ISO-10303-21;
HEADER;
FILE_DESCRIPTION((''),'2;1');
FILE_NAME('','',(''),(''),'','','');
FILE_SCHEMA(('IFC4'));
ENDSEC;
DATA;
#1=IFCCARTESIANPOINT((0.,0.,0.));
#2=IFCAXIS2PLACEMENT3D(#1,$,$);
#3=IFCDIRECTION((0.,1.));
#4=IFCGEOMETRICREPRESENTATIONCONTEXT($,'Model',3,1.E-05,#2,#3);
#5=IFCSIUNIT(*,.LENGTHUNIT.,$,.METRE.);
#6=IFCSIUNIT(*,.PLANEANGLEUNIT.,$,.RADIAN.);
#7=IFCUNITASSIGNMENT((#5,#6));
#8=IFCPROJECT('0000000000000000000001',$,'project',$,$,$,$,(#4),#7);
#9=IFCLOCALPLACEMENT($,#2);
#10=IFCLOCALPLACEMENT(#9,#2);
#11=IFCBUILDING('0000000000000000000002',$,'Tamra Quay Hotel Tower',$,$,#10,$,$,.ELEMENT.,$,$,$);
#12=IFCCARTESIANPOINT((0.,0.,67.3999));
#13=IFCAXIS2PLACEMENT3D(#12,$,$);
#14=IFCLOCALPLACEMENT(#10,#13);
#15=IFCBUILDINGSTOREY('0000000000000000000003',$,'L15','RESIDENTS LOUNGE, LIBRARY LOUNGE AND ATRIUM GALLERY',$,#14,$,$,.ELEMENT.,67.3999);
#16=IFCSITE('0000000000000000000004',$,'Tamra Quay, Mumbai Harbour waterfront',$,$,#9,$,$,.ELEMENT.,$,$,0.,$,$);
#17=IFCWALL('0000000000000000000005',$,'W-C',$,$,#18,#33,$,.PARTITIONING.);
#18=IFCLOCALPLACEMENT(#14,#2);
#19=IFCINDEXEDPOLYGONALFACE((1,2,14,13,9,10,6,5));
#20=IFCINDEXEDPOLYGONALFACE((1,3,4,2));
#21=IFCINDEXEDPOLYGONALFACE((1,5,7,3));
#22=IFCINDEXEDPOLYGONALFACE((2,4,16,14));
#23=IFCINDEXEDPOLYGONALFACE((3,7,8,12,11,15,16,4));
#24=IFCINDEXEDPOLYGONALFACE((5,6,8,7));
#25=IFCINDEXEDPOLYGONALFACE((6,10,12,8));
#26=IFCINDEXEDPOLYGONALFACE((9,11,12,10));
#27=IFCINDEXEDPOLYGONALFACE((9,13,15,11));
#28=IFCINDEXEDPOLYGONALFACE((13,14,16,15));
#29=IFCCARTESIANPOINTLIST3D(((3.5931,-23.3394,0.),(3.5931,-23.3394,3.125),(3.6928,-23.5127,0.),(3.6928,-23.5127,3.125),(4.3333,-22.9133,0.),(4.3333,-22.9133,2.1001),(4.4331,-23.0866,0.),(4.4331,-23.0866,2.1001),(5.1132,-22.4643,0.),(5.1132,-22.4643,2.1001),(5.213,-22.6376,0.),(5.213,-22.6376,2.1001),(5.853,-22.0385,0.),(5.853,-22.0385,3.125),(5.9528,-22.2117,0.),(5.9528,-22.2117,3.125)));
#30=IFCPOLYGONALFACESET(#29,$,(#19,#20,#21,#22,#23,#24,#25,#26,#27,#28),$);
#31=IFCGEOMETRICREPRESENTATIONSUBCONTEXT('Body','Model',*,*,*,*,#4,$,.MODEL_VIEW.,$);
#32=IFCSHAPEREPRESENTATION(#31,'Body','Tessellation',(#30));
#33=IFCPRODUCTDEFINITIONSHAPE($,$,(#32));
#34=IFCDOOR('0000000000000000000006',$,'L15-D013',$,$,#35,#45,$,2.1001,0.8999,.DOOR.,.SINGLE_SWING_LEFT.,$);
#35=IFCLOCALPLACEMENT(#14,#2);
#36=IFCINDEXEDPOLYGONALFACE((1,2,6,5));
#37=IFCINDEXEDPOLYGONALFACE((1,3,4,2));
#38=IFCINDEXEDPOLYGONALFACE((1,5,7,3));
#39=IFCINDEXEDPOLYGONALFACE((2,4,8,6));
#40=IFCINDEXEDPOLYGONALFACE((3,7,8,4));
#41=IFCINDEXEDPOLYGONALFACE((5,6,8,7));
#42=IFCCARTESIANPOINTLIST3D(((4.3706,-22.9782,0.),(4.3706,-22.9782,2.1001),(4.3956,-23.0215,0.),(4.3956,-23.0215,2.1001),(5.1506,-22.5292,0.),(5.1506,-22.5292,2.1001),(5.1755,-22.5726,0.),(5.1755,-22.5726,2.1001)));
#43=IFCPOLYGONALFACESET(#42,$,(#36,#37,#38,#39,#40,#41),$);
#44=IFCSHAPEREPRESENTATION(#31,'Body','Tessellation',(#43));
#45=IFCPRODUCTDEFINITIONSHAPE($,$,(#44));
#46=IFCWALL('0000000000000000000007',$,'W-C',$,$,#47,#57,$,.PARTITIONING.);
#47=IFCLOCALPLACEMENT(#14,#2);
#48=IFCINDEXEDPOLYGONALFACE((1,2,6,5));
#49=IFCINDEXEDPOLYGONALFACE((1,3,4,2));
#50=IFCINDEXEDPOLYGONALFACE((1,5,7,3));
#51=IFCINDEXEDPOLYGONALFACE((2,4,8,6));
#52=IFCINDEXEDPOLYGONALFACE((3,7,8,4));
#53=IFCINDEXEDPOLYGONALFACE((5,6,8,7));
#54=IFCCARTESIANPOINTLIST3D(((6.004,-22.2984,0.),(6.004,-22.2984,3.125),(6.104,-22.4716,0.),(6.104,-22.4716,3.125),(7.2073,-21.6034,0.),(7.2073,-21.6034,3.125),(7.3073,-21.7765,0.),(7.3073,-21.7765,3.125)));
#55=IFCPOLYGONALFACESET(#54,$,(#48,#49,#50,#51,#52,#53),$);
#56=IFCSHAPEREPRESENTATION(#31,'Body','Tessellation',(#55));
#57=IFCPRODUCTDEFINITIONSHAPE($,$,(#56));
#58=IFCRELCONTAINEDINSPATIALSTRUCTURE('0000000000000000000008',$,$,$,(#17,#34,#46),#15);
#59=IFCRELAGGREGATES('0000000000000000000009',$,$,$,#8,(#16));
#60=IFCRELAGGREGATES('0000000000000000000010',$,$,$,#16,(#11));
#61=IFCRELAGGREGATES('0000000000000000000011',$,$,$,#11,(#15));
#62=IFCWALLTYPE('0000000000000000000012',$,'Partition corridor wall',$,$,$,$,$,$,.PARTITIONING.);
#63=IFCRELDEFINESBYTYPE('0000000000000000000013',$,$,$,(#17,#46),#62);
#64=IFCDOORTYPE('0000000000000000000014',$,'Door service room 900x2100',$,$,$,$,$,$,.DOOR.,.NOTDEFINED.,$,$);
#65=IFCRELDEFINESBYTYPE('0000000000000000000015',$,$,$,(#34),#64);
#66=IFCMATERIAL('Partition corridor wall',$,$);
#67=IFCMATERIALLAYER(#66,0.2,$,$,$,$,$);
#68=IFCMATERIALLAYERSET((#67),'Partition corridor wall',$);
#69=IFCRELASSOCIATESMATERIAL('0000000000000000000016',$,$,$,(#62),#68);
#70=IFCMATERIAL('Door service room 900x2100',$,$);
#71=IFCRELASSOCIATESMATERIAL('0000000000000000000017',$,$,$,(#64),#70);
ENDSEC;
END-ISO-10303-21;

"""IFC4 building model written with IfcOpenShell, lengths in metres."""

from ifc_helpers import new_model, si_unit, direction, frame, frame_2d, origin, place, context, subcontext, project, spatial, rectangle, extrude, material, layer, layer_set, type_object, element, fill, save


model = new_model("IFC4")

# Units and contexts
model_context = context("Model", 3, precision=1e-05, world=origin(), true_north=direction((0.0, 1.0)))
body_context = subcontext(model_context, "Body", "Model", "MODEL_VIEW")
ifc_project = project(units=[si_unit("LENGTHUNIT", "METRE"), si_unit("PLANEANGLEUNIT", "RADIAN")], contexts=[model_context])

# Site, building, storey
site_placement = place(None, origin())
site = spatial("IfcSite", under=ifc_project, at=site_placement, Name="Tamra Quay, Mumbai Harbour waterfront", CompositionType="ELEMENT", RefElevation=0.0)
building_placement = place(site_placement, origin())
building = spatial("IfcBuilding", under=site, at=building_placement, Name="Tamra Quay Hotel Tower", CompositionType="ELEMENT")
storey_placement = place(building_placement, frame((0.0, 0.0, 67.3999)))
storey = spatial("IfcBuildingStorey", under=building, at=storey_placement, Name="L15", Description="RESIDENTS LOUNGE, LIBRARY LOUNGE AND ATRIUM GALLERY", CompositionType="ELEMENT", Elevation=67.3999)

# Wall, opening, door
ifc_material_1 = material(Name="Partition corridor wall")
ifc_layer_1 = layer(ifc_material_1, 0.2)
ifc_layer_set_1 = layer_set([ifc_layer_1], Name="Partition corridor wall")
wall_type_1 = type_object("IfcWallType", Name="Partition corridor wall", PredefinedType="PARTITIONING", material=ifc_layer_set_1)
wall_1_placement = place(storey_placement, frame((3.6431, -23.426, 0.0), z_axis=(0.0, 0.0, 1.0), x_axis=(0.866654, 0.498909, 0.0)))
wall_1 = element("IfcWall", 1, at=wall_1_placement, inside=storey, type_object=wall_type_1, Name="W-C", PredefinedType="PARTITIONING", context=body_context, shape_type="SweptSolid", body=[
    extrude(rectangle(XDim=2.6077, YDim=0.2, at=frame_2d((1.3037, 0.0))), origin(), (0.0, 0.0, 1.0), 3.125),
])
opening_1_placement = place(wall_1_placement, frame((0.854, 0.0, 0.0)))
opening_1 = element("IfcOpeningElement", 2, at=opening_1_placement, cuts=wall_1, PredefinedType="OPENING", context=body_context, shape_type="SweptSolid", body=[
    extrude(rectangle(XDim=0.8999, YDim=2.1001, at=frame_2d((0.45, 1.05))), frame((0.0, 0.1099, 0.0), z_axis=(0.0, -1.0, 0.0), x_axis=(1.0, 0.0, 0.0)), (0.0, 0.0, 1.0), 0.22),
])
ifc_material_2 = material(Name="Door service room 900x2100")
door_type_1 = type_object("IfcDoorType", Name="Door service room 900x2100", OperationType="NOTDEFINED", PredefinedType="DOOR", material=ifc_material_2)
door_1_placement = place(opening_1_placement, frame((0.8999, 0.0, 0.0), z_axis=(0.0, 0.0, 1.0), x_axis=(-1.0, 0.0, 0.0)))
door_1 = element("IfcDoor", 3, at=door_1_placement, inside=storey, type_object=door_type_1, Name="L15-D013", OperationType="SINGLE_SWING_LEFT", OverallHeight=2.1001, OverallWidth=0.8999, PredefinedType="DOOR", context=body_context, shape_type="SweptSolid", body=[
    extrude(rectangle(XDim=0.8999, YDim=2.1001, at=frame_2d((0.45, 1.05))), frame((0.0, 0.0249, 0.0), z_axis=(0.0, -1.0, 0.0), x_axis=(1.0, 0.0, 0.0)), (0.0, 0.0, 1.0), 0.05),
])
fill(opening_1, door_1)

# Wall
wall_2_placement = place(storey_placement, frame((6.054, -22.385, 0.0), z_axis=(0.0, 0.0, 1.0), x_axis=(0.865931, 0.500163, 0.0)))
element("IfcWall", 4, at=wall_2_placement, inside=storey, type_object=wall_type_1, Name="W-C", PredefinedType="PARTITIONING", context=body_context, shape_type="SweptSolid", body=[
    extrude(rectangle(XDim=1.3896, YDim=0.2, at=frame_2d((0.6948, 0.0))), origin(), (0.0, 0.0, 1.0), 3.125),
])

save(model, "model.ifc")
